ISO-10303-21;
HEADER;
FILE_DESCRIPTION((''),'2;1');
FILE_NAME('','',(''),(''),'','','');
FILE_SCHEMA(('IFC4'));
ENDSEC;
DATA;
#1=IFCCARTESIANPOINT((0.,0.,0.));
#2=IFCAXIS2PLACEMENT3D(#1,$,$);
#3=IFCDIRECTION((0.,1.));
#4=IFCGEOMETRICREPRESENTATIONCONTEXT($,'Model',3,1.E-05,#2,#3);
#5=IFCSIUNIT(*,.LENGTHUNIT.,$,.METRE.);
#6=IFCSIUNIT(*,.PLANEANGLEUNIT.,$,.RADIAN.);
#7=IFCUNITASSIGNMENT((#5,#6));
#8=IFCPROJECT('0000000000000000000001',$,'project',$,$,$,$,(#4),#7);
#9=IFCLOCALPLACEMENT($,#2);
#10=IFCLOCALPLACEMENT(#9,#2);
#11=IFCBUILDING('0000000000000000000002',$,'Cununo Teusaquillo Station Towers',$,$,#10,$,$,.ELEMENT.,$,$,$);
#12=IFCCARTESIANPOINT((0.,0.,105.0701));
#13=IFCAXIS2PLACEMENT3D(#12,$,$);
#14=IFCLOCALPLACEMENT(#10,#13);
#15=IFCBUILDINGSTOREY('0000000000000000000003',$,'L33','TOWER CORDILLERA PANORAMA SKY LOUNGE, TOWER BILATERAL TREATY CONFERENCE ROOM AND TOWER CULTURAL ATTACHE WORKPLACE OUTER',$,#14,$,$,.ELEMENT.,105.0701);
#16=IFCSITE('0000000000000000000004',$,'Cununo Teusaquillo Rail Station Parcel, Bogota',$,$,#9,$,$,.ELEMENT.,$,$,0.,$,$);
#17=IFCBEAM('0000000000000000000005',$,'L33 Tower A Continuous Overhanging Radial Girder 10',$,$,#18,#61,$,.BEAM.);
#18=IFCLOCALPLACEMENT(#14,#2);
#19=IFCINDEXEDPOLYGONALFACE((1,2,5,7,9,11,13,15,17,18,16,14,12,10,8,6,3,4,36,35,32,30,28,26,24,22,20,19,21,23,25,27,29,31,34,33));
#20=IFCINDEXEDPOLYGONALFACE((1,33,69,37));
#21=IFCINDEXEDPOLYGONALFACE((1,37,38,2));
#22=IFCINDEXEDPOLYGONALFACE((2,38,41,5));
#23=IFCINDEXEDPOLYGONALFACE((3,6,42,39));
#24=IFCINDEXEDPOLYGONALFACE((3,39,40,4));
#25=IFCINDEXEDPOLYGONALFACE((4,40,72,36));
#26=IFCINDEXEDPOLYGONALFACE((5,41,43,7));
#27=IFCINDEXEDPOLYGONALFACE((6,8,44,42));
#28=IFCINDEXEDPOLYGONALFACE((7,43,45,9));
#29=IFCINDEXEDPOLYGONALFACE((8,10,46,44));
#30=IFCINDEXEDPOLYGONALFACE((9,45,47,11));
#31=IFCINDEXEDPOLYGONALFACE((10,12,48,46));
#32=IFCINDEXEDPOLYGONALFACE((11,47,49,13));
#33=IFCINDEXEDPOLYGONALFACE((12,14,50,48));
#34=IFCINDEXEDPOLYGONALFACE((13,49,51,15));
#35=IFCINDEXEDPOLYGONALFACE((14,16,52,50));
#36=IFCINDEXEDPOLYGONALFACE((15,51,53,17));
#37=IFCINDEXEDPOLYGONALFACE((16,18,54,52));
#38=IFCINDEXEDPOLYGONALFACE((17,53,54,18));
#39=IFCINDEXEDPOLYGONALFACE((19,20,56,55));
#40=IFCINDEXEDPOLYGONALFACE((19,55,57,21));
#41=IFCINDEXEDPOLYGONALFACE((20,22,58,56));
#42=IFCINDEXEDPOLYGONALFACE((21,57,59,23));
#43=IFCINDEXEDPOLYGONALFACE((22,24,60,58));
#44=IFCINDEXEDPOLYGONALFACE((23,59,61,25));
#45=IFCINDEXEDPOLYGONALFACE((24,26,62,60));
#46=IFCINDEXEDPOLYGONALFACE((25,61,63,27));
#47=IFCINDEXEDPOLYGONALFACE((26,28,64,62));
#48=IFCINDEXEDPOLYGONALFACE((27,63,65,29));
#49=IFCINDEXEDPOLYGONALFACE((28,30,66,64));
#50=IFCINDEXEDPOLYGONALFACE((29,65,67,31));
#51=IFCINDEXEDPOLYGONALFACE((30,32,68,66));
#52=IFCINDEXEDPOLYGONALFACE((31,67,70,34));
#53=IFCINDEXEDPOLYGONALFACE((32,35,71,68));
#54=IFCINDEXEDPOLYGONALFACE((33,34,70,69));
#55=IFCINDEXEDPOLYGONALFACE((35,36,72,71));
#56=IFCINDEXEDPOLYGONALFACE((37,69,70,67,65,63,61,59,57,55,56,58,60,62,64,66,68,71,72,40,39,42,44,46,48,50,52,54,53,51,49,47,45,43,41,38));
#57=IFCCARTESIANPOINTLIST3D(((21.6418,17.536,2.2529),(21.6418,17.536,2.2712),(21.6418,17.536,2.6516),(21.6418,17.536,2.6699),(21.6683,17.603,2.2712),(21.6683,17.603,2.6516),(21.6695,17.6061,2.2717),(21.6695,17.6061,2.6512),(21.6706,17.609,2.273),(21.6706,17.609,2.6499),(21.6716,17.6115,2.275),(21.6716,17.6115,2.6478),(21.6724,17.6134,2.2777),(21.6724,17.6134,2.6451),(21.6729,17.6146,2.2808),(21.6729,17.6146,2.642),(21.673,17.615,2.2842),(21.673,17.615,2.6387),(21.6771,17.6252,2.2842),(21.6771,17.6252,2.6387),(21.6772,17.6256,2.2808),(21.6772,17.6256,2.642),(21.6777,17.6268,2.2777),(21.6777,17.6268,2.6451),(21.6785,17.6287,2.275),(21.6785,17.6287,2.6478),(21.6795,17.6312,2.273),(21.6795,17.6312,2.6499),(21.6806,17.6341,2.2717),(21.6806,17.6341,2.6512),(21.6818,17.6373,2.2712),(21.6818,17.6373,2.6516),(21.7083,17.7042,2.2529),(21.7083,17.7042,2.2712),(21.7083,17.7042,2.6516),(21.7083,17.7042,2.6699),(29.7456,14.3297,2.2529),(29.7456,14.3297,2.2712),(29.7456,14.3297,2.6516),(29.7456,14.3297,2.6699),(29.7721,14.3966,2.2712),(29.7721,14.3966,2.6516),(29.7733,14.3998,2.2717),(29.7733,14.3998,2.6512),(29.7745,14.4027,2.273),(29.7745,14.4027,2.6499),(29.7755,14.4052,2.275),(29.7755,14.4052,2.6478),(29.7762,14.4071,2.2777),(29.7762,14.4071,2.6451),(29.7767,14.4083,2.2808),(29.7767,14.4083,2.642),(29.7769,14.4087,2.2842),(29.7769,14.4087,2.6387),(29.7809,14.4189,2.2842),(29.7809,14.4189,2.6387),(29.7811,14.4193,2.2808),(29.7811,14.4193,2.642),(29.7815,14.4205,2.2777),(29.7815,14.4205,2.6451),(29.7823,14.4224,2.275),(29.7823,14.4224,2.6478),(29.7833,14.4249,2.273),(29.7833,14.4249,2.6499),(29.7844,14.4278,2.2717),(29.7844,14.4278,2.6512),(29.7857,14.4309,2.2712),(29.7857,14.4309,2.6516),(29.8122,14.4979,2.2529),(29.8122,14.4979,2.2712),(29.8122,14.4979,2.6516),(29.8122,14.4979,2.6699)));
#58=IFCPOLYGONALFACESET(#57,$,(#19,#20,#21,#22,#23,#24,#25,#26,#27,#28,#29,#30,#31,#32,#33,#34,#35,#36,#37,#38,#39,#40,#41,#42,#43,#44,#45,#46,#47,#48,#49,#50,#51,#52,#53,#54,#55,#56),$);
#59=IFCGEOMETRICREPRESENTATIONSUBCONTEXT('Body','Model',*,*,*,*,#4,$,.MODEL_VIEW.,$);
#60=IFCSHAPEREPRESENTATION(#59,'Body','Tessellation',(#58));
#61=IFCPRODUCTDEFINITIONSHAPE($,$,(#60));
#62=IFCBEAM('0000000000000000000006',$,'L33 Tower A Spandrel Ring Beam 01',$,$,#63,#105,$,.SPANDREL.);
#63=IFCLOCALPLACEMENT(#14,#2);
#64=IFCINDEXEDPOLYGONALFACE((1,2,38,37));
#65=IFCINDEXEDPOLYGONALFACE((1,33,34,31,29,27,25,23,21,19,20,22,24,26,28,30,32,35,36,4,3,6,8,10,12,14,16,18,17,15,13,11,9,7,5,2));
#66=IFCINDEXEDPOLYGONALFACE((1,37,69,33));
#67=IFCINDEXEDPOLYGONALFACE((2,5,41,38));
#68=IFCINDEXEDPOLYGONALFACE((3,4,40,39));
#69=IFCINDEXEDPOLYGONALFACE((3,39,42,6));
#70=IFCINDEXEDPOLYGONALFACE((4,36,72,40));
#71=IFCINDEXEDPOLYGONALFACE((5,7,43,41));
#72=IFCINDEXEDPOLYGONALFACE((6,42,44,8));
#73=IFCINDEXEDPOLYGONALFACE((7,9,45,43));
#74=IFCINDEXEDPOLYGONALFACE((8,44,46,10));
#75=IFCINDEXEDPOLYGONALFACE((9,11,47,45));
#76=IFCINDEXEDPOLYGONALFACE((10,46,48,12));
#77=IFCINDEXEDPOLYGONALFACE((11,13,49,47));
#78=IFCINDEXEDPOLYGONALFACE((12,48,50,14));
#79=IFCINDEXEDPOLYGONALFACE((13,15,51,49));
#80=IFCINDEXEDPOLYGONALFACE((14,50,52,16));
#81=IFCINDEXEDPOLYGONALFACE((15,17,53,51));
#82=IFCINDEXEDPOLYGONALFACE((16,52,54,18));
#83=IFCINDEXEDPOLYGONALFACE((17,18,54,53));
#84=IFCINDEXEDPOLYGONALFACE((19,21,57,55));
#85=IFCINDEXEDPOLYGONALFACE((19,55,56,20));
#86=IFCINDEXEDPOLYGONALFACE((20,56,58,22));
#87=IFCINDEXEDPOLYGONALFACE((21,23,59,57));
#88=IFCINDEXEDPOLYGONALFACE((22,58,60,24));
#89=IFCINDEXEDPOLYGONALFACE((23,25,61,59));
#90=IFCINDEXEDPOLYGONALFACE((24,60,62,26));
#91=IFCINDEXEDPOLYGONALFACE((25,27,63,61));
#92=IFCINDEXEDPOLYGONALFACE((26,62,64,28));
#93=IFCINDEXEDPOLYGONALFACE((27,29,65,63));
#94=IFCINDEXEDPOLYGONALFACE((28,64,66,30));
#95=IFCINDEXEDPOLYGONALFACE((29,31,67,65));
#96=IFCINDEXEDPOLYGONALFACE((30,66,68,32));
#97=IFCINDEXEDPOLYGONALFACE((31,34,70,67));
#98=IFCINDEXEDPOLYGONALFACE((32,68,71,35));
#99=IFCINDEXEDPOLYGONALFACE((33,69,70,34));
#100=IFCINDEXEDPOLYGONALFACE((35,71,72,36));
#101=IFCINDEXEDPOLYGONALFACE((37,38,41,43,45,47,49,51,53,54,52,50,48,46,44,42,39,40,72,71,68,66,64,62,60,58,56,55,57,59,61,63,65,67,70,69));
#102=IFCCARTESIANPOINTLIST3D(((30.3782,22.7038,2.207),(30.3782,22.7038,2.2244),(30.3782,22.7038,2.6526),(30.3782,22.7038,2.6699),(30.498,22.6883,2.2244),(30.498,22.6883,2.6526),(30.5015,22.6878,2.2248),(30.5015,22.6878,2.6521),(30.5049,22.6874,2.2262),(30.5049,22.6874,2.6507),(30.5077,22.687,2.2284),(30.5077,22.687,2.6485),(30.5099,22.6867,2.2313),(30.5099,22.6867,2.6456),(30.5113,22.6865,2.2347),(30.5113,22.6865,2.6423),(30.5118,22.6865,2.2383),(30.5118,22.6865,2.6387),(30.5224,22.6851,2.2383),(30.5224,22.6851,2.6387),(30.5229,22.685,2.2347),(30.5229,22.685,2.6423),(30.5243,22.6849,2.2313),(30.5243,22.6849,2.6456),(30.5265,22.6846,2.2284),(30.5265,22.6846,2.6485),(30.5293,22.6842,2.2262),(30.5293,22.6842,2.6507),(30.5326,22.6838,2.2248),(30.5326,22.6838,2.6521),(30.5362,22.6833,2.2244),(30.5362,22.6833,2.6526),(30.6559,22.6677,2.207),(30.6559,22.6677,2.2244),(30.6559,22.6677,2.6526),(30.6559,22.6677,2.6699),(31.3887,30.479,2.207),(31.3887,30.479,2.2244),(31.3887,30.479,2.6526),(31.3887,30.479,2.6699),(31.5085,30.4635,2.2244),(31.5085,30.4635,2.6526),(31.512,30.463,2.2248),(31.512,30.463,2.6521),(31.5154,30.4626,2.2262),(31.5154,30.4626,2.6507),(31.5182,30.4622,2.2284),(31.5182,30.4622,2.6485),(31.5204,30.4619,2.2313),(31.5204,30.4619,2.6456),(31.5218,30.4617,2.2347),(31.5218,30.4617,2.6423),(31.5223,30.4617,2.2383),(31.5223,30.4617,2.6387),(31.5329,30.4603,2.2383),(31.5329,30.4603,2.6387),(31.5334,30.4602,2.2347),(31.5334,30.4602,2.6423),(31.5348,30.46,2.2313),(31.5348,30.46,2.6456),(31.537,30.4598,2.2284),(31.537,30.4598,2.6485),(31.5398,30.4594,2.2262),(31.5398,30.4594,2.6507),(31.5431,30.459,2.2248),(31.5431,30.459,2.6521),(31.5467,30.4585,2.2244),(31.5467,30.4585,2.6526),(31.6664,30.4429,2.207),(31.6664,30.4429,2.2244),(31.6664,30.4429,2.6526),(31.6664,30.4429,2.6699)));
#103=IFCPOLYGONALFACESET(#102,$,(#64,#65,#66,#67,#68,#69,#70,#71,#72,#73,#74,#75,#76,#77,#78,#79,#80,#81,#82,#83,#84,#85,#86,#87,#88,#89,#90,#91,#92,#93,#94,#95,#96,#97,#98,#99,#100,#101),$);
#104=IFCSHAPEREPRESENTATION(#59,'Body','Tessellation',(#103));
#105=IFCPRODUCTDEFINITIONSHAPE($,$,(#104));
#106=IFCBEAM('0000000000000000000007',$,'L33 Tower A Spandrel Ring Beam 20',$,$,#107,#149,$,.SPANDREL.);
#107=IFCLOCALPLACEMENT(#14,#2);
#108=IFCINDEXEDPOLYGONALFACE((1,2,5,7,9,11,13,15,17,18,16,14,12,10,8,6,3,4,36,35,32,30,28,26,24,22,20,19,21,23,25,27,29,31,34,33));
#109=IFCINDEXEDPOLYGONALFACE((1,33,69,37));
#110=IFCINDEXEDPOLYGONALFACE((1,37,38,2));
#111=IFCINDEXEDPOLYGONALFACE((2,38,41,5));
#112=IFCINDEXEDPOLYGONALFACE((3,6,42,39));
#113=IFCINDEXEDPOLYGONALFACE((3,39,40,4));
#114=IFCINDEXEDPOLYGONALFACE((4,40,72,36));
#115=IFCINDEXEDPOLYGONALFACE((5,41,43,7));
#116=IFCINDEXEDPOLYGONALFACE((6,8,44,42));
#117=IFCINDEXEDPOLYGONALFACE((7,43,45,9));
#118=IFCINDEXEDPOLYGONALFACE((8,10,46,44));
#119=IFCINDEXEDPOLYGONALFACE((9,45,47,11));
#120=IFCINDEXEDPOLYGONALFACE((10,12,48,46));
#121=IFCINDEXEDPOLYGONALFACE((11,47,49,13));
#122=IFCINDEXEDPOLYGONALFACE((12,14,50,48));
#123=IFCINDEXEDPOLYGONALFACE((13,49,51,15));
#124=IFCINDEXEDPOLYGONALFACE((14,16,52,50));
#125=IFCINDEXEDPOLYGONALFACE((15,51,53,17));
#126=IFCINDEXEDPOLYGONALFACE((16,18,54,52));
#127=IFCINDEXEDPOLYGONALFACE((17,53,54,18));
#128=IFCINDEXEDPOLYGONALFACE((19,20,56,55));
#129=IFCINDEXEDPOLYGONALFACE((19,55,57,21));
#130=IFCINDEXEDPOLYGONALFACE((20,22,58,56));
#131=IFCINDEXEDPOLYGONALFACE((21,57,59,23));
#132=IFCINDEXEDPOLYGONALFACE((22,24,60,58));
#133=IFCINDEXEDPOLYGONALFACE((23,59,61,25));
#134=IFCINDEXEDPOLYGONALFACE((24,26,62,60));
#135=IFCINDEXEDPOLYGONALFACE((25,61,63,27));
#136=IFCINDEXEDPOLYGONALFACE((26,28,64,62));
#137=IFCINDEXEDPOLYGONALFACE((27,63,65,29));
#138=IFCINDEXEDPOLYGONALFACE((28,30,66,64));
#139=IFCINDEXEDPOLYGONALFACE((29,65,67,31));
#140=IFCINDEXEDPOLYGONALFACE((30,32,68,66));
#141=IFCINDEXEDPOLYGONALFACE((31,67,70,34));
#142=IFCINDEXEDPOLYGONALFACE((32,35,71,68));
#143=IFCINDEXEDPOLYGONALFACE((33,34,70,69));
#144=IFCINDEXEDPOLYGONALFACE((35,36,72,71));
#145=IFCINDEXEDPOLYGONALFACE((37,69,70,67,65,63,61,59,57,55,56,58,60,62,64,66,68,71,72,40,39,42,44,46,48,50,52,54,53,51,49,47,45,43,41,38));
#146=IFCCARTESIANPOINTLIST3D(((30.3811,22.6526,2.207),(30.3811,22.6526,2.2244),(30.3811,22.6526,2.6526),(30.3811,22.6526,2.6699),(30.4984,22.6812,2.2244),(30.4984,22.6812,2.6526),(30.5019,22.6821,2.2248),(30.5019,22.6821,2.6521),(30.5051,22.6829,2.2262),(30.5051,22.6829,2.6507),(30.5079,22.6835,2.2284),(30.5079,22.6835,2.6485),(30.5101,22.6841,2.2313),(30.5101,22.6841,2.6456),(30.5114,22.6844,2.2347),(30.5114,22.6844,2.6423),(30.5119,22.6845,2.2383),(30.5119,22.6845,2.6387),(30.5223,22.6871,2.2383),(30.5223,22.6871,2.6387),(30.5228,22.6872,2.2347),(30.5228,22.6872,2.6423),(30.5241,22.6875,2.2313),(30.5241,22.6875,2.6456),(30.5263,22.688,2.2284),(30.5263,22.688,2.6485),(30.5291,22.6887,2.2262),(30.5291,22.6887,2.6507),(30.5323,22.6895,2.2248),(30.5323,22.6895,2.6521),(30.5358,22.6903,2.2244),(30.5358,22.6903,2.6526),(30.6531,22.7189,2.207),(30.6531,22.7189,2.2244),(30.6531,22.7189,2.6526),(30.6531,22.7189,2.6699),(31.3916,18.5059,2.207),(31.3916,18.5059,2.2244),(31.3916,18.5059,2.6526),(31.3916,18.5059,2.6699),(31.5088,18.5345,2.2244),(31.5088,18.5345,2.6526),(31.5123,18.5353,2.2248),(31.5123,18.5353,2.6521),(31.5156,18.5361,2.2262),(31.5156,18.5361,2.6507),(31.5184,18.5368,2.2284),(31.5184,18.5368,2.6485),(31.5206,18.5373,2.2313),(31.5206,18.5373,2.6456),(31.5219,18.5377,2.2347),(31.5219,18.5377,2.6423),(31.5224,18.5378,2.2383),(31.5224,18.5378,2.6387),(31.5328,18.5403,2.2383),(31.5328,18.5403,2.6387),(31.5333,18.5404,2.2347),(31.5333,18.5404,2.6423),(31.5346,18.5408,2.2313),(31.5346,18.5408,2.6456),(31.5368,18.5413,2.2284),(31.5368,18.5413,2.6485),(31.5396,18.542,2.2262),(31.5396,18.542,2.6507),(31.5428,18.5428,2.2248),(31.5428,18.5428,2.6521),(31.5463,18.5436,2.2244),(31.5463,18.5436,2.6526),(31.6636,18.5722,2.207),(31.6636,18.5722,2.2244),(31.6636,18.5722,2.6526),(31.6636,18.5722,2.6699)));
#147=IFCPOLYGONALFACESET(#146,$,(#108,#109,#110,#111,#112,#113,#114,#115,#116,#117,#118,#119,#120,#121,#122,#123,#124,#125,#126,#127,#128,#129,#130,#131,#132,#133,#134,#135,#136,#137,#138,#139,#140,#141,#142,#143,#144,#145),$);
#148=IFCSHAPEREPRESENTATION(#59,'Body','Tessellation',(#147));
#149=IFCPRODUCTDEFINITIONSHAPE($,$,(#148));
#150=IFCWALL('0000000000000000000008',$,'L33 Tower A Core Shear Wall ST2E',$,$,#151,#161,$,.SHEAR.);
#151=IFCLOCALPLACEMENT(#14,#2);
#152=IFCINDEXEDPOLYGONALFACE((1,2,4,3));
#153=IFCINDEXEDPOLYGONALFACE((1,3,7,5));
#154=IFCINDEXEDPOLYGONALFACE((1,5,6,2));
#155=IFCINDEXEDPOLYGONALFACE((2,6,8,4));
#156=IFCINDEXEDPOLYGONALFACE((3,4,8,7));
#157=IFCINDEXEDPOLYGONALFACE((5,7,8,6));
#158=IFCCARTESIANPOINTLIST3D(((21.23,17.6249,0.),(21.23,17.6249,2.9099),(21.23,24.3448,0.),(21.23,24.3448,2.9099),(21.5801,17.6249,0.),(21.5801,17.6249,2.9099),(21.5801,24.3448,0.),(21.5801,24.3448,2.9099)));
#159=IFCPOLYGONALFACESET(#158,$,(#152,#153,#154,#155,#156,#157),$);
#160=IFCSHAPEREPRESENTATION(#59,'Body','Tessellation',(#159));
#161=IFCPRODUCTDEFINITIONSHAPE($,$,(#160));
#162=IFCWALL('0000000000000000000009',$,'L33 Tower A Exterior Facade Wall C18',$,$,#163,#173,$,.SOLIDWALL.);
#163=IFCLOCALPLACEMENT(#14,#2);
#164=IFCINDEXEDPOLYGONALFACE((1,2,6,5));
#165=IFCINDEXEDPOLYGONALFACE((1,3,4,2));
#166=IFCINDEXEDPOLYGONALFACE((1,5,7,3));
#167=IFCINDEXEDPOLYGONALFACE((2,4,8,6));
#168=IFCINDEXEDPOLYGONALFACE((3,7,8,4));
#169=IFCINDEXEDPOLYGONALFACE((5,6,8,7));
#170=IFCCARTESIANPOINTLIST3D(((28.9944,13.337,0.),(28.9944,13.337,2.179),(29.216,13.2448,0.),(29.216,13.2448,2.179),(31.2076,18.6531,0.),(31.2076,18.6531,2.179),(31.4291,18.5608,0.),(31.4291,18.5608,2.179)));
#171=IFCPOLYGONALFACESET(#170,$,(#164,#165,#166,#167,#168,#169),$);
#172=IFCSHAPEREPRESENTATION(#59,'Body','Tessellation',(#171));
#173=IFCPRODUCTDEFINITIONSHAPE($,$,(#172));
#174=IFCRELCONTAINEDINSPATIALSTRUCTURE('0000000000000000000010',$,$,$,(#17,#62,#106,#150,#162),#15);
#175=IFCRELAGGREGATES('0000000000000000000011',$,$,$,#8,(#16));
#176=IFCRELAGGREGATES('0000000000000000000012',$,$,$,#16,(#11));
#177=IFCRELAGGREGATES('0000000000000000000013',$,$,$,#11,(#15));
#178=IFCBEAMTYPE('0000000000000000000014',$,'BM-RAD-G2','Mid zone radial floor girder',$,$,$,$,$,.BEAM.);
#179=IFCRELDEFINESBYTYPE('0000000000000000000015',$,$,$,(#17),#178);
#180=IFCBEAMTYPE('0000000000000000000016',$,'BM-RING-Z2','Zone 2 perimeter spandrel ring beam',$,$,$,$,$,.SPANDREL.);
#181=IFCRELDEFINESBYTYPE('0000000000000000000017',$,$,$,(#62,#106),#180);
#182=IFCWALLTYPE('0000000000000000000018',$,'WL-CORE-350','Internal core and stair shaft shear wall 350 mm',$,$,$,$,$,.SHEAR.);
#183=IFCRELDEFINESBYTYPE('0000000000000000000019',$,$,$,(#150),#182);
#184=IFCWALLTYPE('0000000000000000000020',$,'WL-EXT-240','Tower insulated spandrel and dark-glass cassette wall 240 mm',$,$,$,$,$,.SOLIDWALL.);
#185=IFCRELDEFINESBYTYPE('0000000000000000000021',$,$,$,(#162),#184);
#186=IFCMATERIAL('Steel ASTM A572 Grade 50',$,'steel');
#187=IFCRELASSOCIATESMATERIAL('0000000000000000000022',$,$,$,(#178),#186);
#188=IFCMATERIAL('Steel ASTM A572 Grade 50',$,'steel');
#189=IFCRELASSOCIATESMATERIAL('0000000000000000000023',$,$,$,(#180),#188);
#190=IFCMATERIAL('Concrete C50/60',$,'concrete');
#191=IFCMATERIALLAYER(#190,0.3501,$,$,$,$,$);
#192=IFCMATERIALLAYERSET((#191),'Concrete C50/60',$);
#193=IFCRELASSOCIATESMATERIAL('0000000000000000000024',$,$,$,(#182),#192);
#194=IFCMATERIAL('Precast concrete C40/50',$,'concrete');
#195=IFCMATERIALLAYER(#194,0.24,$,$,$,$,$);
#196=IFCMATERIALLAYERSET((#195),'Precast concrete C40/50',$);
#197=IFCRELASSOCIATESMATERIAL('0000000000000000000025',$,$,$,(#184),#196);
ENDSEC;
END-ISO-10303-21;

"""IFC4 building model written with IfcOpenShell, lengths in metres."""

from ifc_helpers import new_model, si_unit, direction, frame, frame_2d, origin, origin_2d, place, context, subcontext, project, spatial, rectangle, i_section, extrude, material, layer, layer_set, material_profile, profile_set, type_object, element, save


model = new_model("IFC4")

# Units and contexts
model_context = context("Model", 3, precision=1e-05, world=origin(), true_north=direction((0.0, 1.0)))
body_context = subcontext(model_context, "Body", "Model", "MODEL_VIEW")
ifc_project = project(units=[si_unit("LENGTHUNIT", "METRE"), si_unit("PLANEANGLEUNIT", "RADIAN")], contexts=[model_context])

# Site, building, storey
site_placement = place(None, origin())
site = spatial("IfcSite", under=ifc_project, at=site_placement, Name="Cununo Teusaquillo Rail Station Parcel, Bogota", CompositionType="ELEMENT", RefElevation=0.0)
building_placement = place(site_placement, origin())
building = spatial("IfcBuilding", under=site, at=building_placement, Name="Cununo Teusaquillo Station Towers", CompositionType="ELEMENT")
storey_placement = place(building_placement, frame((0.0, 0.0, 105.0701)))
storey = spatial("IfcBuildingStorey", under=building, at=storey_placement, Name="L33", Description="TOWER CORDILLERA PANORAMA SKY LOUNGE, TOWER BILATERAL TREATY CONFERENCE ROOM AND TOWER CULTURAL ATTACHE WORKPLACE OUTER", CompositionType="ELEMENT", Elevation=105.0701)

# Beams
ifc_material_1 = material(Name="Steel ASTM A572 Grade 50", Category="steel")
ifc_material_profile_1 = material_profile(ifc_material_1, i_section(OverallWidth=0.1809, OverallDepth=0.417, WebThickness=0.011, FlangeThickness=0.0183, FilletRadius=0.0129, at=origin_2d()), Name="W16X57")
ifc_profile_set_1 = profile_set([ifc_material_profile_1], Name="Steel ASTM A572 Grade 50")
beam_type_1 = type_object("IfcBeamType", Name="BM-RAD-G2", Description="Mid zone radial floor girder", PredefinedType="BEAM", material=ifc_profile_set_1)
beam_1_placement = place(storey_placement, frame((21.675, 17.6201, 2.4614), z_axis=(0.929863, -0.367906, 0.0), x_axis=(0.367906, 0.929863, 0.0)))
element("IfcBeam", 1, at=beam_1_placement, inside=storey, type_object=beam_type_1, Name="L33 Tower A Continuous Overhanging Radial Girder 10", PredefinedType="BEAM", context=body_context, shape_type="SweptSolid", body=[
    extrude(i_section(OverallWidth=0.1809, OverallDepth=0.417, WebThickness=0.011, FlangeThickness=0.0183, FilletRadius=0.0129, at=origin_2d()), origin(), (0.0, 0.0, 1.0), 8.7151),
])
ifc_material_2 = material(Name="Steel ASTM A572 Grade 50", Category="steel")
ifc_material_profile_2 = material_profile(ifc_material_2, i_section(OverallWidth=0.28, OverallDepth=0.4629, WebThickness=0.0107, FlangeThickness=0.0173, FilletRadius=0.0139, at=origin_2d()), Name="W18X76")
ifc_profile_set_2 = profile_set([ifc_material_profile_2], Name="Steel ASTM A572 Grade 50")
beam_type_2 = type_object("IfcBeamType", Name="BM-RING-Z2", Description="Zone 2 perimeter spandrel ring beam", PredefinedType="SPANDREL", material=ifc_profile_set_2)
beam_2_placement = place(storey_placement, frame((30.5171, 22.6858, 2.4385), z_axis=(0.128881, 0.99166, 0.0), x_axis=(-0.99166, 0.128881, 0.0)))
element("IfcBeam", 2, at=beam_2_placement, inside=storey, type_object=beam_type_2, Name="L33 Tower A Spandrel Ring Beam 01", PredefinedType="SPANDREL", context=body_context, shape_type="SweptSolid", body=[
    extrude(i_section(OverallWidth=0.28, OverallDepth=0.4629, WebThickness=0.0107, FlangeThickness=0.0173, FilletRadius=0.0139, at=origin_2d()), origin(), (0.0, 0.0, 1.0), 7.8406),
])
beam_3_placement = place(storey_placement, frame((31.5276, 18.5391, 2.4385), z_axis=(-0.236757, 0.971569, 0.0), x_axis=(-0.971569, -0.236757, 0.0)))
element("IfcBeam", 3, at=beam_3_placement, inside=storey, type_object=beam_type_2, Name="L33 Tower A Spandrel Ring Beam 20", PredefinedType="SPANDREL", context=body_context, shape_type="SweptSolid", body=[
    extrude(i_section(OverallWidth=0.28, OverallDepth=0.4629, WebThickness=0.0107, FlangeThickness=0.0173, FilletRadius=0.0139, at=origin_2d()), origin(), (0.0, 0.0, 1.0), 4.2681),
])

# Walls
ifc_material_3 = material(Name="Concrete C50/60", Category="concrete")
ifc_layer_1 = layer(ifc_material_3, 0.3501)
ifc_layer_set_1 = layer_set([ifc_layer_1], Name="Concrete C50/60")
wall_type_1 = type_object("IfcWallType", Name="WL-CORE-350", Description="Internal core and stair shaft shear wall 350 mm", PredefinedType="SHEAR", material=ifc_layer_set_1)
wall_1_placement = place(storey_placement, frame((21.405, 17.625, 0.0), z_axis=(0.0, 0.0, 1.0), x_axis=(0.0, 1.0, 0.0)))
element("IfcWall", 4, at=wall_1_placement, inside=storey, type_object=wall_type_1, Name="L33 Tower A Core Shear Wall ST2E", PredefinedType="SHEAR", context=body_context, shape_type="SweptSolid", body=[
    extrude(rectangle(XDim=6.72, YDim=0.3501, at=frame_2d((3.3599, 0.0))), origin(), (0.0, 0.0, 1.0), 2.9099),
])
ifc_material_4 = material(Name="Precast concrete C40/50", Category="concrete")
ifc_layer_2 = layer(ifc_material_4, 0.24)
ifc_layer_set_2 = layer_set([ifc_layer_2], Name="Precast concrete C40/50")
wall_type_2 = type_object("IfcWallType", Name="WL-EXT-240", Description="Tower insulated spandrel and dark-glass cassette wall 240 mm", PredefinedType="SOLIDWALL", material=ifc_layer_set_2)
wall_2_placement = place(storey_placement, frame((31.3184, 18.6069, 0.0), z_axis=(0.0, 0.0, 1.0), x_axis=(-0.384344, -0.92319, 0.0)))
element("IfcWall", 5, at=wall_2_placement, inside=storey, type_object=wall_type_2, Name="L33 Tower A Exterior Facade Wall C18", PredefinedType="SOLIDWALL", context=body_context, shape_type="SweptSolid", body=[
    extrude(rectangle(XDim=5.7583, YDim=0.24, at=frame_2d((2.8792, 0.0))), origin(), (0.0, 0.0, 1.0), 2.179),
])

save(model, "model.ifc")
